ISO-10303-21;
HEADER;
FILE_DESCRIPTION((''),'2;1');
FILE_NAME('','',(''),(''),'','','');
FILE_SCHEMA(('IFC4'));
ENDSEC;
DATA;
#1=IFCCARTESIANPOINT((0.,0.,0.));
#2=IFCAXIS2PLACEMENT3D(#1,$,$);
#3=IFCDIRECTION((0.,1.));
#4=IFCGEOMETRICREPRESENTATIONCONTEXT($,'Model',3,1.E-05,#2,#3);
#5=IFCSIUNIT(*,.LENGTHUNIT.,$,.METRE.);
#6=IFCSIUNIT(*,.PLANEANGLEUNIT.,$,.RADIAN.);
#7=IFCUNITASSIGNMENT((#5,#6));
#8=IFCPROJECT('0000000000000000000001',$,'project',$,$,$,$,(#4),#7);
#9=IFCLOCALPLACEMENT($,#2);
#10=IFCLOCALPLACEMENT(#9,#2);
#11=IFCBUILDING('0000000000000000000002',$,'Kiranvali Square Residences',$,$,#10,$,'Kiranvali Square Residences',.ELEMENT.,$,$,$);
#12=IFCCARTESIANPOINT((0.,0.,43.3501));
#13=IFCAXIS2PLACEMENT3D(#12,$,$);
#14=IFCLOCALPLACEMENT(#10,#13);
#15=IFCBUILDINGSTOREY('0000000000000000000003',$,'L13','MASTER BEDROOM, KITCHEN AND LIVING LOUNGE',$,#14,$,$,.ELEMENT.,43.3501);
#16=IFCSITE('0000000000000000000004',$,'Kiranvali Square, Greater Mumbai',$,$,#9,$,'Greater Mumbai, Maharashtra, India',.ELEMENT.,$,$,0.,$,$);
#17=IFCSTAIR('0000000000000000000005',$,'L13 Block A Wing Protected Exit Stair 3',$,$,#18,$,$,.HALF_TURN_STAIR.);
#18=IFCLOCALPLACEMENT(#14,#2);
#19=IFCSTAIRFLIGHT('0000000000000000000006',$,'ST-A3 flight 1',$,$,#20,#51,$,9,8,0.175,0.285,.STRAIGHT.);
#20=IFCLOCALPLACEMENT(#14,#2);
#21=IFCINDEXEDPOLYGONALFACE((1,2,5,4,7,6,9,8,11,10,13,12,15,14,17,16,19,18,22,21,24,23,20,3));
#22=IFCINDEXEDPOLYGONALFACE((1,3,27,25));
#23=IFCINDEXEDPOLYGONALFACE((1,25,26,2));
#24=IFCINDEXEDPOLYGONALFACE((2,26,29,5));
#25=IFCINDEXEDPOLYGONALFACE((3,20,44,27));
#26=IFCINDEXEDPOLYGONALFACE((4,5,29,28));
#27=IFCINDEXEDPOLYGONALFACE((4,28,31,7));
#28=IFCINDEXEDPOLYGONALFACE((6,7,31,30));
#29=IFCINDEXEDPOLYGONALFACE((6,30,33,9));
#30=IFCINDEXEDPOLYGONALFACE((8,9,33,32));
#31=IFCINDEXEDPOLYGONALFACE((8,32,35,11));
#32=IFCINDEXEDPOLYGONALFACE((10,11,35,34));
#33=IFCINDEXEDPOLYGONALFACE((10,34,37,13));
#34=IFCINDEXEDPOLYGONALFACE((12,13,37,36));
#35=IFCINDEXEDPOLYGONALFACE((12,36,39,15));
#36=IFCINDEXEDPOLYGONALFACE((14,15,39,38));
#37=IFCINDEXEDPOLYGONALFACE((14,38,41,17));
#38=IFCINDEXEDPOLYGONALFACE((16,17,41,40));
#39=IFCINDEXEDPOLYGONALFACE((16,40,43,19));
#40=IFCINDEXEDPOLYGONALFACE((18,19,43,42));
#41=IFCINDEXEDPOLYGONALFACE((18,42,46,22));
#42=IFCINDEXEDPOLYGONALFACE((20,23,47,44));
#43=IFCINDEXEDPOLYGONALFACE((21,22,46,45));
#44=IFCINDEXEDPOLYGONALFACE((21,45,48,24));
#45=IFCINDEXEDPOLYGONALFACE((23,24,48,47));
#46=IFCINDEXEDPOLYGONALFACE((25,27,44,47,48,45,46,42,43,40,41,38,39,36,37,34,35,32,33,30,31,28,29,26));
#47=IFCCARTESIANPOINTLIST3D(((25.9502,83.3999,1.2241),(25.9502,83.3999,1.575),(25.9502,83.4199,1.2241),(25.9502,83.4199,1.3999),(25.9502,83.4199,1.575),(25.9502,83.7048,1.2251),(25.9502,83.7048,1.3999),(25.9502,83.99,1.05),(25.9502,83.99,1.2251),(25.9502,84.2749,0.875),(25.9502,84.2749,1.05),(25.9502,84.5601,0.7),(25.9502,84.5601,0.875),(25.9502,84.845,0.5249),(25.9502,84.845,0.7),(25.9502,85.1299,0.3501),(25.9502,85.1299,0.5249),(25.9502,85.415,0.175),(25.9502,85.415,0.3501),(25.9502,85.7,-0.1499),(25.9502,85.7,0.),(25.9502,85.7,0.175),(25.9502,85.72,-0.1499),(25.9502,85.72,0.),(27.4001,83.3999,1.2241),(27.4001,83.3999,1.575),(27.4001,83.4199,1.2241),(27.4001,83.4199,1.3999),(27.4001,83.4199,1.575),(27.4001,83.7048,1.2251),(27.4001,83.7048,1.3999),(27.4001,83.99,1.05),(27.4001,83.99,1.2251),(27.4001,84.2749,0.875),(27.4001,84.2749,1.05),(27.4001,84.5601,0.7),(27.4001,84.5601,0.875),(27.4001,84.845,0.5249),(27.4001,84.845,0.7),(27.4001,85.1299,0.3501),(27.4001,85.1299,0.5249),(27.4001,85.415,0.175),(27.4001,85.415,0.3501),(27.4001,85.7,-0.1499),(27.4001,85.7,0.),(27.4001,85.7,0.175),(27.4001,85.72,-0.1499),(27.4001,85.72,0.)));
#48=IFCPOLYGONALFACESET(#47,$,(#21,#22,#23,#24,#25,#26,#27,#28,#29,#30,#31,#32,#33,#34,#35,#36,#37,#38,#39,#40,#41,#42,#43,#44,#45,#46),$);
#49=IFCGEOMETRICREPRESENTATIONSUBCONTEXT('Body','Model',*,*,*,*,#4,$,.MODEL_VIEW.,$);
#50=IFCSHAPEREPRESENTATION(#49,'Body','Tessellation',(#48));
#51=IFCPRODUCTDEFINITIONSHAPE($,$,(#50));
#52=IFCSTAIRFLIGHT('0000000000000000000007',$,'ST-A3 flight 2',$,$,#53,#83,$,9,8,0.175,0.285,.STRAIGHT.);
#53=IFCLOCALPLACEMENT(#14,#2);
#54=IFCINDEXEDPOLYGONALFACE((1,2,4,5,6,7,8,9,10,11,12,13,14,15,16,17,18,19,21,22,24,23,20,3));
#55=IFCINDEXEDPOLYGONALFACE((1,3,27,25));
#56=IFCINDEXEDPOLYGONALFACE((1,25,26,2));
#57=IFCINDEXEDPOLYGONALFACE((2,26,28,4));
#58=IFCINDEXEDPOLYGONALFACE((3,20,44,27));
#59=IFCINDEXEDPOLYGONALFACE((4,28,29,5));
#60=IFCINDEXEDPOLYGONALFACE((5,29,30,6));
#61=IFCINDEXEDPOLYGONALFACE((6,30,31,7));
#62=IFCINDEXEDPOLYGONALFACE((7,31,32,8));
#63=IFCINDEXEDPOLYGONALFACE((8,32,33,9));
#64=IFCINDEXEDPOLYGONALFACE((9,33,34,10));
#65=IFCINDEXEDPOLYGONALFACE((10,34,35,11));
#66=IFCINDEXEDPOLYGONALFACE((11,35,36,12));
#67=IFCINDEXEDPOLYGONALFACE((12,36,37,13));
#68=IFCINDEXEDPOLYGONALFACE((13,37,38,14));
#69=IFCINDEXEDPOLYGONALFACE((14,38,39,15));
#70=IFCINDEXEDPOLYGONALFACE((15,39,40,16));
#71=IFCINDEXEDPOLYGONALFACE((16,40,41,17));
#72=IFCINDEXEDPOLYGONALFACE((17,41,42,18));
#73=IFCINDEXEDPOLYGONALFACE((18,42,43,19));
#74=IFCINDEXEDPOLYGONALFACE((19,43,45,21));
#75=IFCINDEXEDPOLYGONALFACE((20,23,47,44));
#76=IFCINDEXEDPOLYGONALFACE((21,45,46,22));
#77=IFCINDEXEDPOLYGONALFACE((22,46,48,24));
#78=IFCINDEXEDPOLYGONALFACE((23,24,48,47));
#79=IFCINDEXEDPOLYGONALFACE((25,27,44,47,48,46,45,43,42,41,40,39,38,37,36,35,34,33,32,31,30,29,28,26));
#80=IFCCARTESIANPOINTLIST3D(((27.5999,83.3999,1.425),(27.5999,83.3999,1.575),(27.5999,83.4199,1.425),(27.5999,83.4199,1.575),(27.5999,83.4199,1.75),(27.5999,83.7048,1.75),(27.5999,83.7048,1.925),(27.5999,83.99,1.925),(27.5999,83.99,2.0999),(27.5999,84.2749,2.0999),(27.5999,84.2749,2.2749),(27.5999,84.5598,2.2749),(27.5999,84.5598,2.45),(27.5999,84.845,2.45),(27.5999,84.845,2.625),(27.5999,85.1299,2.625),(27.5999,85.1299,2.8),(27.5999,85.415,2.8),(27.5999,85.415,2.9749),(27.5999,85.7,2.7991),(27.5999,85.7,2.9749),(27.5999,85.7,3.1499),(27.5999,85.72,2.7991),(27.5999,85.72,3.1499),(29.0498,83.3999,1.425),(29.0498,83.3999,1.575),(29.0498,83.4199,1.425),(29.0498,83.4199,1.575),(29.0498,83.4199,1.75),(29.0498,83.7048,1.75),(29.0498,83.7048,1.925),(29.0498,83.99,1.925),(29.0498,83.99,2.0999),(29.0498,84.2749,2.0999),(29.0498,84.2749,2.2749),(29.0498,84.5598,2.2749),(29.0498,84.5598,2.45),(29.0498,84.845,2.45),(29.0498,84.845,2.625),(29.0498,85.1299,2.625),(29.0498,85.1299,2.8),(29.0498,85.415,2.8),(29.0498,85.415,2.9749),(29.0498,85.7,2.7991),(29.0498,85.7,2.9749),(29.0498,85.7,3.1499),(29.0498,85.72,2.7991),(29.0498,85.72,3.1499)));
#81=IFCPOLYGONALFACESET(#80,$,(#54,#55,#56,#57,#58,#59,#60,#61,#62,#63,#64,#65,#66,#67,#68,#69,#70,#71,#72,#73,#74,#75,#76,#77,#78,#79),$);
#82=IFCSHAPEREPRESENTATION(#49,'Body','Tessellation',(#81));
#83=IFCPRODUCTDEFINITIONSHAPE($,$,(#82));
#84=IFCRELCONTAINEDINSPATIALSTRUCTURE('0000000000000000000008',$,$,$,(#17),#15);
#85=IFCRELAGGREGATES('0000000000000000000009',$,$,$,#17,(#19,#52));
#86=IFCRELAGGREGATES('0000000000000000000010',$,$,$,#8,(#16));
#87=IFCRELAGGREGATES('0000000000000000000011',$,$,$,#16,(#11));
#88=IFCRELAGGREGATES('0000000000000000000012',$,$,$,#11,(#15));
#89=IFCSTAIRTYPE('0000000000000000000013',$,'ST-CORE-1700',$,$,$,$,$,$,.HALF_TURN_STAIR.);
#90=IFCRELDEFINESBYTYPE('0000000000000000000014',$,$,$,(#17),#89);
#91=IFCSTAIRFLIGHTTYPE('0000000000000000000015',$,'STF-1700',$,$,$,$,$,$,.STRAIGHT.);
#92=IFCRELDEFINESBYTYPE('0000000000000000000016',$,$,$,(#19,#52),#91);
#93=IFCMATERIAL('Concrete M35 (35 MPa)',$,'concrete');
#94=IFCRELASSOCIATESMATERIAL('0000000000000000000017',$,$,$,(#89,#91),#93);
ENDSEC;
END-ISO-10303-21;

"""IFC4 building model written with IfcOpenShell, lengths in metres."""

from ifc_helpers import new_model, si_unit, direction, frame, origin, place, context, subcontext, project, spatial, polyline, outline, extrude, material, type_object, element, aggregate, save


model = new_model("IFC4")

# Units and contexts
model_context = context("Model", 3, precision=1e-05, world=origin(), true_north=direction((0.0, 1.0)))
body_context = subcontext(model_context, "Body", "Model", "MODEL_VIEW")
ifc_project = project(units=[si_unit("LENGTHUNIT", "METRE"), si_unit("PLANEANGLEUNIT", "RADIAN")], contexts=[model_context])

# Site, building, storey
site_placement = place(None, origin())
site = spatial("IfcSite", under=ifc_project, at=site_placement, Name="Kiranvali Square, Greater Mumbai", LongName="Greater Mumbai, Maharashtra, India", CompositionType="ELEMENT", RefElevation=0.0)
building_placement = place(site_placement, origin())
building = spatial("IfcBuilding", under=site, at=building_placement, Name="Kiranvali Square Residences", LongName="Kiranvali Square Residences", CompositionType="ELEMENT")
storey_placement = place(building_placement, frame((0.0, 0.0, 43.3501)))
storey = spatial("IfcBuildingStorey", under=building, at=storey_placement, Name="L13", Description="MASTER BEDROOM, KITCHEN AND LIVING LOUNGE", CompositionType="ELEMENT", Elevation=43.3501)

# Stair, stair flights
ifc_material_1 = material(Name="Concrete M35 (35 MPa)", Category="concrete")
stair_type = type_object("IfcStairType", Name="ST-CORE-1700", PredefinedType="HALF_TURN_STAIR", material=ifc_material_1)
stair_placement = place(storey_placement, origin())
stair = element("IfcStair", 1, at=stair_placement, inside=storey, type_object=stair_type, Name="L13 Block A Wing Protected Exit Stair 3", PredefinedType="HALF_TURN_STAIR")
stair_flight_type = type_object("IfcStairFlightType", Name="STF-1700", PredefinedType="STRAIGHT", material=ifc_material_1)
stair_flight_1_placement = place(storey_placement, frame((26.675, 85.7, 0.0), z_axis=(0.0, 0.0, 1.0), x_axis=(0.0, -1.0, 0.0)))
stair_flight_1 = element("IfcStairFlight", 2, at=stair_flight_1_placement, type_object=stair_flight_type, Name="ST-A3 flight 1", NumberOfRisers=9, NumberOfTreads=8, PredefinedType="STRAIGHT", RiserHeight=0.175, TreadLength=0.285, context=body_context, shape_type="SweptSolid", body=[
    extrude(outline(polyline([(-0.02, -0.1499), (-0.02, 0.0), (0.0, 0.0), (0.0, 0.175), (0.2849, 0.175), (0.2849, 0.3501), (0.5701, 0.3501), (0.5701, 0.5249), (0.855, 0.5249), (0.855, 0.7), (1.1399, 0.7), (1.1399, 0.875), (1.425, 0.875), (1.425, 1.05), (1.71, 1.05), (1.71, 1.2251), (1.9951, 1.2251), (1.9951, 1.3999), (2.28, 1.3999), (2.28, 1.575), (2.3, 1.575), (2.3, 1.2241), (2.28, 1.2241), (0.0, -0.1499), (-0.02, -0.1499)])), frame((0.0, 0.7251, 0.0), z_axis=(0.0, -1.0, 0.0), x_axis=(1.0, 0.0, 0.0)), (0.0, 0.0, 1.0), 1.45),
])
stair_flight_2_placement = place(storey_placement, frame((28.325, 83.4199, 1.575), z_axis=(0.0, 0.0, 1.0), x_axis=(0.0, 1.0, 0.0)))
stair_flight_2 = element("IfcStairFlight", 3, at=stair_flight_2_placement, type_object=stair_flight_type, Name="ST-A3 flight 2", NumberOfRisers=9, NumberOfTreads=8, PredefinedType="STRAIGHT", RiserHeight=0.175, TreadLength=0.285, context=body_context, shape_type="SweptSolid", body=[
    extrude(outline(polyline([(-0.02, -0.1499), (-0.02, 0.0), (0.0, 0.0), (0.0, 0.175), (0.2849, 0.175), (0.2849, 0.3501), (0.5701, 0.3501), (0.5701, 0.5249), (0.855, 0.5249), (0.855, 0.7), (1.1399, 0.7), (1.1399, 0.875), (1.425, 0.875), (1.425, 1.05), (1.71, 1.05), (1.71, 1.2251), (1.9951, 1.2251), (1.9951, 1.3999), (2.28, 1.3999), (2.28, 1.575), (2.3, 1.575), (2.3, 1.2241), (2.28, 1.2241), (0.0, -0.1499), (-0.02, -0.1499)])), frame((0.0, 0.7251, 0.0), z_axis=(0.0, -1.0, 0.0), x_axis=(1.0, 0.0, 0.0)), (0.0, 0.0, 1.0), 1.45),
])
aggregate(stair, [stair_flight_1, stair_flight_2])

save(model, "model.ifc")
